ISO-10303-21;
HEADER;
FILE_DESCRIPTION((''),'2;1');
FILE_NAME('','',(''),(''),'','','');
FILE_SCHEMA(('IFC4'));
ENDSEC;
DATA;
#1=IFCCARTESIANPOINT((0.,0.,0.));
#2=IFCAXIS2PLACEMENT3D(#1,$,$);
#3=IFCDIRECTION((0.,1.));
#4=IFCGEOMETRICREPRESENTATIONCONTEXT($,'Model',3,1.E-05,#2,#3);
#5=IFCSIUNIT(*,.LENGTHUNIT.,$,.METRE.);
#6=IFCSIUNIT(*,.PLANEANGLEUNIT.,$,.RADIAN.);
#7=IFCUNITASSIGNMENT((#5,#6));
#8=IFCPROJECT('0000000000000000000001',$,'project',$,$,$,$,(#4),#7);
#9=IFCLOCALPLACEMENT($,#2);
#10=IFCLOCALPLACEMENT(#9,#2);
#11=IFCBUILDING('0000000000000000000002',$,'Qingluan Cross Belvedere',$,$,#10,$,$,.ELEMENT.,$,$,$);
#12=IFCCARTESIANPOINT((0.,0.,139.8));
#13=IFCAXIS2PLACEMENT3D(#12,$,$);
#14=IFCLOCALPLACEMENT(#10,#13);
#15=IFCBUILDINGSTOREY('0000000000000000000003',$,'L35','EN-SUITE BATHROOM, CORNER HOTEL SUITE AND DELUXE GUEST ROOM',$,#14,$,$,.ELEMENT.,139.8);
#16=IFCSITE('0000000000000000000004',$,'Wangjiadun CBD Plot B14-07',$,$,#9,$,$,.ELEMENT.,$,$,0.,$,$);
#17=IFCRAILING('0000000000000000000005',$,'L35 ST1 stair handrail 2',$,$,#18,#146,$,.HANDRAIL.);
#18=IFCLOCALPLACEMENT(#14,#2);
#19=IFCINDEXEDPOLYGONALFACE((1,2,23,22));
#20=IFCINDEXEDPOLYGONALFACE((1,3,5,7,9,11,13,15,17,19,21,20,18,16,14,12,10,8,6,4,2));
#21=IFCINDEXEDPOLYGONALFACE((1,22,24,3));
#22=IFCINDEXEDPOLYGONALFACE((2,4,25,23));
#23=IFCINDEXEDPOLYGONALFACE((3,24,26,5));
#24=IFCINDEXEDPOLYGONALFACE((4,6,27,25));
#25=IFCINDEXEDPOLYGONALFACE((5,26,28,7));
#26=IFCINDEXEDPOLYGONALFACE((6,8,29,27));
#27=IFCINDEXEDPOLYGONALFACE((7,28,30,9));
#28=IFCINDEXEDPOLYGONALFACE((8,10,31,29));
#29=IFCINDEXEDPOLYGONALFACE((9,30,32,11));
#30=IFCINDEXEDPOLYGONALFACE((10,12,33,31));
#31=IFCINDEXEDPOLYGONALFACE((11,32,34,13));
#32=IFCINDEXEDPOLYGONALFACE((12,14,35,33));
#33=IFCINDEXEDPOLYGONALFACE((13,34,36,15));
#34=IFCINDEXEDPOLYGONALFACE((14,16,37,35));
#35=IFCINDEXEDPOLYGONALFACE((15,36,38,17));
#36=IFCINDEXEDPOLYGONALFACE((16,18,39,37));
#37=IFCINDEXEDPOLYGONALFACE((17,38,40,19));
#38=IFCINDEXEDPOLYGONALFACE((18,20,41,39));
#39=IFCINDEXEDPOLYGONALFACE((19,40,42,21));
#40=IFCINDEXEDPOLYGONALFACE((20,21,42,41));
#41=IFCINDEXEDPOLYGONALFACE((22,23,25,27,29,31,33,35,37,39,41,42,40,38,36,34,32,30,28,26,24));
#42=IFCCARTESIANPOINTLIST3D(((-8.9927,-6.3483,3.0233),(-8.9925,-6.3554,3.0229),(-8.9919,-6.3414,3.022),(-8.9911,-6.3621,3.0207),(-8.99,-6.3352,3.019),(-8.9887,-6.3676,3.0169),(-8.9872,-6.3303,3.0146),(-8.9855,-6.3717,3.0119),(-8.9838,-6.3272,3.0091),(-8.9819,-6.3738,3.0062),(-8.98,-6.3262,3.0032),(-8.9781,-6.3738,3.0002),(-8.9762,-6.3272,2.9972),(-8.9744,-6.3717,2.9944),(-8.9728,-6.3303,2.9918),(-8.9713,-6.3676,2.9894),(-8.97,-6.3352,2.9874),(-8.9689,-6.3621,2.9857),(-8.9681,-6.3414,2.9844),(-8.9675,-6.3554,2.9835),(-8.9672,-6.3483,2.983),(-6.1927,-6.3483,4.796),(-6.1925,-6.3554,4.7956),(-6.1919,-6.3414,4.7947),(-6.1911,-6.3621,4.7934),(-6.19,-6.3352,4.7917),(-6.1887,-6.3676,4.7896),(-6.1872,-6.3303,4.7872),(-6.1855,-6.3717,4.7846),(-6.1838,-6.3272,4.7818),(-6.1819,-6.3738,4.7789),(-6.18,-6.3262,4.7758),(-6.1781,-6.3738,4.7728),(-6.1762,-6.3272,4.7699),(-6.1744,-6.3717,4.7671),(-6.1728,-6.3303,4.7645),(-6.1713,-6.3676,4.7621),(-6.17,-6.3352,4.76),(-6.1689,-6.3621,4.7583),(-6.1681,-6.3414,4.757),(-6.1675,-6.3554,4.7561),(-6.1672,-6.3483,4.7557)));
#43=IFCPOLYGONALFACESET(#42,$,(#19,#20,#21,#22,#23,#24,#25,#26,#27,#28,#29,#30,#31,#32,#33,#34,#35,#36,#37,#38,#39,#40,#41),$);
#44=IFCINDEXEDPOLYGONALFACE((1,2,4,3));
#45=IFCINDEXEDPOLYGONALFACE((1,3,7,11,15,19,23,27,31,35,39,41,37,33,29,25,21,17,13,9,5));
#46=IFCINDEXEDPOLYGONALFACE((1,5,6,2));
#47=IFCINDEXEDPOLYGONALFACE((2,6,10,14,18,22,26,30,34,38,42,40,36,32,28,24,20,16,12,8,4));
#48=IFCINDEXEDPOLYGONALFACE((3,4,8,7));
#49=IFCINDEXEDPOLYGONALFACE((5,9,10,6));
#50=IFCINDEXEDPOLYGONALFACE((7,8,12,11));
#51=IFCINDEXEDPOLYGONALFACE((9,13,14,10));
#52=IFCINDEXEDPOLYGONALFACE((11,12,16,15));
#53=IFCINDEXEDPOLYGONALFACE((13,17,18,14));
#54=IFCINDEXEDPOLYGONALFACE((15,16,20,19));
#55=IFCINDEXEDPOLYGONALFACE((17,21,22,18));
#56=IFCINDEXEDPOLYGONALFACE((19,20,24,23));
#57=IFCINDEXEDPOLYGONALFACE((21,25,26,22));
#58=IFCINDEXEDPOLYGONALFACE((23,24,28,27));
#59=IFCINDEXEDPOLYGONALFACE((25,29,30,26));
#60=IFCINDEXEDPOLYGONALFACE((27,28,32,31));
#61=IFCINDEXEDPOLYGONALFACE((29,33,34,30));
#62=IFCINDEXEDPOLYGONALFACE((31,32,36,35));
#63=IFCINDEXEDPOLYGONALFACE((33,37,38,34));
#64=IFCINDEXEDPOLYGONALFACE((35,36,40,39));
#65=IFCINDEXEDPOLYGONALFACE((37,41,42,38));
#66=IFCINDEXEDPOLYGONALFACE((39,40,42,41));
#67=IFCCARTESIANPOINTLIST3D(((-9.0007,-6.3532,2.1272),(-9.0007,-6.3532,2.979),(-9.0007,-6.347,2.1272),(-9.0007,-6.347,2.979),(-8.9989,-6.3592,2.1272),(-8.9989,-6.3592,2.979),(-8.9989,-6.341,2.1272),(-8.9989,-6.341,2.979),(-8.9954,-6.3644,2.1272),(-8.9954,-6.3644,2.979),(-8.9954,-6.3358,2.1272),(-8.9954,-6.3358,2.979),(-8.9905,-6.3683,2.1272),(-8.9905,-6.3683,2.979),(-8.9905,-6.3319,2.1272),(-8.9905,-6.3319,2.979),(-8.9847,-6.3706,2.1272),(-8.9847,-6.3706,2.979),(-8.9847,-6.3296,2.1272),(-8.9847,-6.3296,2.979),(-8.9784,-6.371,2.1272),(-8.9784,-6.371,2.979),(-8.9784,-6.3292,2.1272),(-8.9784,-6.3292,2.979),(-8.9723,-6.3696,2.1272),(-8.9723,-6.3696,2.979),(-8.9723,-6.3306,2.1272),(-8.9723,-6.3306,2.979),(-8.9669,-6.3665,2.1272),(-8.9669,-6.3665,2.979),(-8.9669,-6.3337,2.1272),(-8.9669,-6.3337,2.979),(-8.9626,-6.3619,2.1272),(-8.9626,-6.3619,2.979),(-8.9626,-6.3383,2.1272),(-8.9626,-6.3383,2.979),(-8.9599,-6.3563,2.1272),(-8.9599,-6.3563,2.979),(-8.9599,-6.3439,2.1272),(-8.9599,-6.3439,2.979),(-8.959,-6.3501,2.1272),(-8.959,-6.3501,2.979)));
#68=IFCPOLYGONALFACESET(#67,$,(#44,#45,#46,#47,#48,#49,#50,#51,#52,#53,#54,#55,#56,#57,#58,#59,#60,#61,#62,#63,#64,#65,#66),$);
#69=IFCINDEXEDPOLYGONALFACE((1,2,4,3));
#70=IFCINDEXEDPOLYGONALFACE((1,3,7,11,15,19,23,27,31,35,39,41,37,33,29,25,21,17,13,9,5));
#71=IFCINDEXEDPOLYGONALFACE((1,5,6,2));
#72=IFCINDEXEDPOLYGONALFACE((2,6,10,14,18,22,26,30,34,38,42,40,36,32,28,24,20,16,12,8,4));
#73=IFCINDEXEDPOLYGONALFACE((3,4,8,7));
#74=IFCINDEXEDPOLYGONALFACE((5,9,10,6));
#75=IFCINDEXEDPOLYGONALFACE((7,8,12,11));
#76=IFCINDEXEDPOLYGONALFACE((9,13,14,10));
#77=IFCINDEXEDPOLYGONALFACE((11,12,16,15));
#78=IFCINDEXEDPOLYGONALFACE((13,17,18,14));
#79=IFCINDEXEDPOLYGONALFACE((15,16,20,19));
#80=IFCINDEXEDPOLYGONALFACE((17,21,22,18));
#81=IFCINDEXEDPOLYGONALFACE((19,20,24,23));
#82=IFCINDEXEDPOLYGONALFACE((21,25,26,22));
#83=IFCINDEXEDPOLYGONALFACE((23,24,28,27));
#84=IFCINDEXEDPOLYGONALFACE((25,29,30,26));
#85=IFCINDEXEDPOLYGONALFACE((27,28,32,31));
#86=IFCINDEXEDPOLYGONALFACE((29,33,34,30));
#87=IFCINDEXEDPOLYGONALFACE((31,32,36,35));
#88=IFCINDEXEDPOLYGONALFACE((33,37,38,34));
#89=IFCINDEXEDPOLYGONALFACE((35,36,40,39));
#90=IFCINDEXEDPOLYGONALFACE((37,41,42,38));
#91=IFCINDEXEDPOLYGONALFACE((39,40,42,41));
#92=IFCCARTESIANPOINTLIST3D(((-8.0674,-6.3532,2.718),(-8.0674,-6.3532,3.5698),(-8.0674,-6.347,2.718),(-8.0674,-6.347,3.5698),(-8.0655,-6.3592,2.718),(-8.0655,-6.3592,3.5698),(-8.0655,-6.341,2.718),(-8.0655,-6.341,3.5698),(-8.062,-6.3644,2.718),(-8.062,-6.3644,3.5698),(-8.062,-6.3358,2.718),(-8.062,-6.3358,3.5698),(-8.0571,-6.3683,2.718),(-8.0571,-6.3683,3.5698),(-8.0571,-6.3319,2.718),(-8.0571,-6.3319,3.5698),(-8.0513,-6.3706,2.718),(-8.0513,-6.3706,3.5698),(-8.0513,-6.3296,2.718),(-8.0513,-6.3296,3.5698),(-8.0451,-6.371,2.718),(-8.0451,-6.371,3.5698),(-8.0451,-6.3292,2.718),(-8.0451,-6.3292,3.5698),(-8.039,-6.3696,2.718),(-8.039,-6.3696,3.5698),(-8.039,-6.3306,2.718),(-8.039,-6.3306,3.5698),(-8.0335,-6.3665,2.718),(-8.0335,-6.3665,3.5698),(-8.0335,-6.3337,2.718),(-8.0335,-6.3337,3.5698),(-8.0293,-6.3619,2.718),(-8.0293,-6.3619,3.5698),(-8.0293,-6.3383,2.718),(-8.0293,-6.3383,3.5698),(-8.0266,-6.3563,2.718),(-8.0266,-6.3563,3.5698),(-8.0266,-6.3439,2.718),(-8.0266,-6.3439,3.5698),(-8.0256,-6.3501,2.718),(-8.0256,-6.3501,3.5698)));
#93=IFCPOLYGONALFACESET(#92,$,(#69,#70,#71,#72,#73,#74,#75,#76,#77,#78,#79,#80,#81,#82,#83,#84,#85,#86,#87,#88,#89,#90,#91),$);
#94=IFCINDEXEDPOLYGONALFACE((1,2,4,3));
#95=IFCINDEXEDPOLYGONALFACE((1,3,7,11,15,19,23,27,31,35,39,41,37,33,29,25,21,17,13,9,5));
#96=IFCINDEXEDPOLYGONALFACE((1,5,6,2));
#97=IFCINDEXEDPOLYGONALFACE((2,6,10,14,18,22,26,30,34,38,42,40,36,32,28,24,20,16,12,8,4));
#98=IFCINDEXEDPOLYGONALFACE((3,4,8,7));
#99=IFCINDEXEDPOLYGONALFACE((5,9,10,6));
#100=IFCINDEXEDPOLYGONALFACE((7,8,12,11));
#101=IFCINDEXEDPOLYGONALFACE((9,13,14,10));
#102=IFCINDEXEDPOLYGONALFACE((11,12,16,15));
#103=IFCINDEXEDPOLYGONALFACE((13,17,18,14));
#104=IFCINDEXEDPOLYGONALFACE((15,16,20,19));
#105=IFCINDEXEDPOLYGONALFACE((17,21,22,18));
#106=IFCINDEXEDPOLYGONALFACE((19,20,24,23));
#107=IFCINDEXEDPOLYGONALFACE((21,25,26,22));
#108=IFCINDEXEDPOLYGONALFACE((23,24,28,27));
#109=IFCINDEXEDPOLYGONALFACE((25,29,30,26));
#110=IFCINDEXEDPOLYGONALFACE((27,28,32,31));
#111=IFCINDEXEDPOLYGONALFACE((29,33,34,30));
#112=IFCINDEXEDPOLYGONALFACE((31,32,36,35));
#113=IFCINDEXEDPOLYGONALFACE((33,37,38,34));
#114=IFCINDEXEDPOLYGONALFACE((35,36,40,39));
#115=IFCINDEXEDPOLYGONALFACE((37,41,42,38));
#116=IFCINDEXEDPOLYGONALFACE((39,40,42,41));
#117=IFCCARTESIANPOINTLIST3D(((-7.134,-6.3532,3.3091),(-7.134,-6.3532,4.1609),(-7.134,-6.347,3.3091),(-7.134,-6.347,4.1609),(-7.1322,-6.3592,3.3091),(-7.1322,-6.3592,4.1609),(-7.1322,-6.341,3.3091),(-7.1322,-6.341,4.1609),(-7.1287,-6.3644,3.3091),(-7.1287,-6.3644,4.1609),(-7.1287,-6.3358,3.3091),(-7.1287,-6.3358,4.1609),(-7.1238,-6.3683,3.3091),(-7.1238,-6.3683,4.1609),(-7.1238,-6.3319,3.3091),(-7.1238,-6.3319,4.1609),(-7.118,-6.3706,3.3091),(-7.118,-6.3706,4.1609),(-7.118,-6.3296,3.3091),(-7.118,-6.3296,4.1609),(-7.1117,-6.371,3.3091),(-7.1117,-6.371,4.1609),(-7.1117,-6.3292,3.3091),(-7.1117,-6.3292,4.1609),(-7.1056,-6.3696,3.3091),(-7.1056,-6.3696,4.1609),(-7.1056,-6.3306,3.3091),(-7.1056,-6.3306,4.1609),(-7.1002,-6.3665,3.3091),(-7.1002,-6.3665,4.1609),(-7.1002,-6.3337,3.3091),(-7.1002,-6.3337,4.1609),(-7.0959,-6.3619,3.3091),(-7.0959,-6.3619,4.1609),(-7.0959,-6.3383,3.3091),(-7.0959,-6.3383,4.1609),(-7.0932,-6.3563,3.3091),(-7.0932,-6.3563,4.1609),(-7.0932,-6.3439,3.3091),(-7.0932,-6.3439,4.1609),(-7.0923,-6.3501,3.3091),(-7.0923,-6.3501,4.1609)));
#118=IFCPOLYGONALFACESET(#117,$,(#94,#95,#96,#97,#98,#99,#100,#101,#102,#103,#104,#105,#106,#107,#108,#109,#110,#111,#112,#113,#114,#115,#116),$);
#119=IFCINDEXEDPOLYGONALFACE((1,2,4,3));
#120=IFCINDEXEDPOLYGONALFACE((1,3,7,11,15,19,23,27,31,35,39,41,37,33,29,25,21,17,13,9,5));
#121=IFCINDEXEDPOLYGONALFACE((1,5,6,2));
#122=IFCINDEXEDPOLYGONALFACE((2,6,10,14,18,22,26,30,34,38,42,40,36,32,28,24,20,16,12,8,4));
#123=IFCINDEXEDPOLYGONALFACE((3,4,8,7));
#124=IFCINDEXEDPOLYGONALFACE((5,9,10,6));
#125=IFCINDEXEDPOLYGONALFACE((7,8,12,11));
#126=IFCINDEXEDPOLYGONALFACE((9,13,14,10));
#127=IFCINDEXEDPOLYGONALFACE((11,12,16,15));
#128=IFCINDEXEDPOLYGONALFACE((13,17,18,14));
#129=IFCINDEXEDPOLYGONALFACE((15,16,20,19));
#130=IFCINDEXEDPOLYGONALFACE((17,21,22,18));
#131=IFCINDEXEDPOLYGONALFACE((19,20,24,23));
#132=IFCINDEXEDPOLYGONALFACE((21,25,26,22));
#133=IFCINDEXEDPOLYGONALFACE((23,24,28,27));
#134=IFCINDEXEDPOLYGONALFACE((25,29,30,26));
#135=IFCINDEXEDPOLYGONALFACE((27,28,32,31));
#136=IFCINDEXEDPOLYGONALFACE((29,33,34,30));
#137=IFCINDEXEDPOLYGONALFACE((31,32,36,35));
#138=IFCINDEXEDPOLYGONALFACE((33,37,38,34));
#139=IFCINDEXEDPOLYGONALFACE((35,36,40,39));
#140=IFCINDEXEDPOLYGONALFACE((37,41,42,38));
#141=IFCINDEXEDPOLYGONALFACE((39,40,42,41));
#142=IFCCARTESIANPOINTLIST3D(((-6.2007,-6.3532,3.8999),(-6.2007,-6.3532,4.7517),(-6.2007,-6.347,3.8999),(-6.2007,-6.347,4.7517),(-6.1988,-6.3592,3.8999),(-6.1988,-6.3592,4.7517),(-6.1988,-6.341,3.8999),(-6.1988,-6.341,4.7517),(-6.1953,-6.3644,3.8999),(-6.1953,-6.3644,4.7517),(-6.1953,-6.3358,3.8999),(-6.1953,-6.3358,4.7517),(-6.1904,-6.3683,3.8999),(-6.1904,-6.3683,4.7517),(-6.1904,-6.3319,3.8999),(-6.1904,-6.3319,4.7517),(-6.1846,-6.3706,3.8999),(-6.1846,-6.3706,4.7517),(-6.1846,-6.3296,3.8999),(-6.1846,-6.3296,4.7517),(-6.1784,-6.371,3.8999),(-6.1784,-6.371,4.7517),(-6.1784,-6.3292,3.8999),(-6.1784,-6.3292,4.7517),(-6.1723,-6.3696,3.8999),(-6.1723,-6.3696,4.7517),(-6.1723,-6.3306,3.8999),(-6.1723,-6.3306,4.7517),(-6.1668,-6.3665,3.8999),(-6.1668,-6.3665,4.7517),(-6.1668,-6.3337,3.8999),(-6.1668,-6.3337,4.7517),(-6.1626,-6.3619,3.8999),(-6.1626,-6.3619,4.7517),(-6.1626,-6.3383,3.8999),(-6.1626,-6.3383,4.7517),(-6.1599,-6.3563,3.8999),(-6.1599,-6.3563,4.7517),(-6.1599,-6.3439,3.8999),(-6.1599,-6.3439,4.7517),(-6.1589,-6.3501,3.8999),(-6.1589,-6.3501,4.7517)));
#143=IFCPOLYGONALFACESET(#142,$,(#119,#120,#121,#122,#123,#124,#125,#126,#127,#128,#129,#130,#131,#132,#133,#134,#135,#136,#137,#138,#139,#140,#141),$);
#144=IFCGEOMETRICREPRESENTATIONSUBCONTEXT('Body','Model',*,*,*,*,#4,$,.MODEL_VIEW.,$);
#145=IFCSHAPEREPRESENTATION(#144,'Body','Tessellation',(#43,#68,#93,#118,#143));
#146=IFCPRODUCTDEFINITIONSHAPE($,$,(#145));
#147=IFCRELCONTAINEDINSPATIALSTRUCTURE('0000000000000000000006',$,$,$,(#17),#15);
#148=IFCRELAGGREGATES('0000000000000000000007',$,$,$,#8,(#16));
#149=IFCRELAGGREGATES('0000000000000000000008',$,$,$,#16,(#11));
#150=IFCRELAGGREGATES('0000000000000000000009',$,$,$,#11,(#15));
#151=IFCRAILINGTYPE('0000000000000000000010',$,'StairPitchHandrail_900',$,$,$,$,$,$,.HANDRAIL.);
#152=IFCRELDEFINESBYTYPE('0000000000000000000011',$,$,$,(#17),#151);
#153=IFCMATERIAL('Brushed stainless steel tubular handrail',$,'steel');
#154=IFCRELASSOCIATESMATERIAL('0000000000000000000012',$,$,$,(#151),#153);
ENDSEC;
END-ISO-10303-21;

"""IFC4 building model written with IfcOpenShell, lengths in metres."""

from ifc_helpers import new_model, si_unit, direction, frame, origin, origin_2d, place, context, subcontext, project, spatial, circle, extrude, material, type_object, element, save


model = new_model("IFC4")

# Units and contexts
model_context = context("Model", 3, precision=1e-05, world=origin(), true_north=direction((0.0, 1.0)))
body_context = subcontext(model_context, "Body", "Model", "MODEL_VIEW")
ifc_project = project(units=[si_unit("LENGTHUNIT", "METRE"), si_unit("PLANEANGLEUNIT", "RADIAN")], contexts=[model_context])

# Site, building, storey
site_placement = place(None, origin())
site = spatial("IfcSite", under=ifc_project, at=site_placement, Name="Wangjiadun CBD Plot B14-07", CompositionType="ELEMENT", RefElevation=0.0)
building_placement = place(site_placement, origin())
building = spatial("IfcBuilding", under=site, at=building_placement, Name="Qingluan Cross Belvedere", CompositionType="ELEMENT")
storey_placement = place(building_placement, frame((0.0, 0.0, 139.8)))
storey = spatial("IfcBuildingStorey", under=building, at=storey_placement, Name="L35", Description="EN-SUITE BATHROOM, CORNER HOTEL SUITE AND DELUXE GUEST ROOM", CompositionType="ELEMENT", Elevation=139.8)

# Railing
ifc_material_1 = material(Name="Brushed stainless steel tubular handrail", Category="steel")
railing_type_1 = type_object("IfcRailingType", Name="StairPitchHandrail_900", PredefinedType="HANDRAIL", material=ifc_material_1)
railing_1_placement = place(storey_placement, frame((-8.98, -6.3501, 2.1272)))
element("IfcRailing", 1, at=railing_1_placement, inside=storey, type_object=railing_type_1, Name="L35 ST1 stair handrail 2", PredefinedType="HANDRAIL", context=body_context, shape_type="SweptSolid", body=[
    extrude(circle(Radius=0.0239, at=origin_2d()), frame((0.0, 0.0, 0.876), z_axis=(0.844909, 0.0, 0.53491), x_axis=(0.0, 1.0, 0.0)), (0.0, 0.0, 1.0), 3.314),
    extrude(circle(Radius=0.021, at=origin_2d()), origin(), (0.0, 0.0, 1.0), 0.8518),
    extrude(circle(Radius=0.021, at=origin_2d()), frame((0.9333, 0.0, 0.5908)), (0.0, 0.0, 1.0), 0.8518),
    extrude(circle(Radius=0.021, at=origin_2d()), frame((1.8667, 0.0, 1.1819)), (0.0, 0.0, 1.0), 0.8518),
    extrude(circle(Radius=0.021, at=origin_2d()), frame((2.8, 0.0, 1.7727)), (0.0, 0.0, 1.0), 0.8518),
])

save(model, "model.ifc")
